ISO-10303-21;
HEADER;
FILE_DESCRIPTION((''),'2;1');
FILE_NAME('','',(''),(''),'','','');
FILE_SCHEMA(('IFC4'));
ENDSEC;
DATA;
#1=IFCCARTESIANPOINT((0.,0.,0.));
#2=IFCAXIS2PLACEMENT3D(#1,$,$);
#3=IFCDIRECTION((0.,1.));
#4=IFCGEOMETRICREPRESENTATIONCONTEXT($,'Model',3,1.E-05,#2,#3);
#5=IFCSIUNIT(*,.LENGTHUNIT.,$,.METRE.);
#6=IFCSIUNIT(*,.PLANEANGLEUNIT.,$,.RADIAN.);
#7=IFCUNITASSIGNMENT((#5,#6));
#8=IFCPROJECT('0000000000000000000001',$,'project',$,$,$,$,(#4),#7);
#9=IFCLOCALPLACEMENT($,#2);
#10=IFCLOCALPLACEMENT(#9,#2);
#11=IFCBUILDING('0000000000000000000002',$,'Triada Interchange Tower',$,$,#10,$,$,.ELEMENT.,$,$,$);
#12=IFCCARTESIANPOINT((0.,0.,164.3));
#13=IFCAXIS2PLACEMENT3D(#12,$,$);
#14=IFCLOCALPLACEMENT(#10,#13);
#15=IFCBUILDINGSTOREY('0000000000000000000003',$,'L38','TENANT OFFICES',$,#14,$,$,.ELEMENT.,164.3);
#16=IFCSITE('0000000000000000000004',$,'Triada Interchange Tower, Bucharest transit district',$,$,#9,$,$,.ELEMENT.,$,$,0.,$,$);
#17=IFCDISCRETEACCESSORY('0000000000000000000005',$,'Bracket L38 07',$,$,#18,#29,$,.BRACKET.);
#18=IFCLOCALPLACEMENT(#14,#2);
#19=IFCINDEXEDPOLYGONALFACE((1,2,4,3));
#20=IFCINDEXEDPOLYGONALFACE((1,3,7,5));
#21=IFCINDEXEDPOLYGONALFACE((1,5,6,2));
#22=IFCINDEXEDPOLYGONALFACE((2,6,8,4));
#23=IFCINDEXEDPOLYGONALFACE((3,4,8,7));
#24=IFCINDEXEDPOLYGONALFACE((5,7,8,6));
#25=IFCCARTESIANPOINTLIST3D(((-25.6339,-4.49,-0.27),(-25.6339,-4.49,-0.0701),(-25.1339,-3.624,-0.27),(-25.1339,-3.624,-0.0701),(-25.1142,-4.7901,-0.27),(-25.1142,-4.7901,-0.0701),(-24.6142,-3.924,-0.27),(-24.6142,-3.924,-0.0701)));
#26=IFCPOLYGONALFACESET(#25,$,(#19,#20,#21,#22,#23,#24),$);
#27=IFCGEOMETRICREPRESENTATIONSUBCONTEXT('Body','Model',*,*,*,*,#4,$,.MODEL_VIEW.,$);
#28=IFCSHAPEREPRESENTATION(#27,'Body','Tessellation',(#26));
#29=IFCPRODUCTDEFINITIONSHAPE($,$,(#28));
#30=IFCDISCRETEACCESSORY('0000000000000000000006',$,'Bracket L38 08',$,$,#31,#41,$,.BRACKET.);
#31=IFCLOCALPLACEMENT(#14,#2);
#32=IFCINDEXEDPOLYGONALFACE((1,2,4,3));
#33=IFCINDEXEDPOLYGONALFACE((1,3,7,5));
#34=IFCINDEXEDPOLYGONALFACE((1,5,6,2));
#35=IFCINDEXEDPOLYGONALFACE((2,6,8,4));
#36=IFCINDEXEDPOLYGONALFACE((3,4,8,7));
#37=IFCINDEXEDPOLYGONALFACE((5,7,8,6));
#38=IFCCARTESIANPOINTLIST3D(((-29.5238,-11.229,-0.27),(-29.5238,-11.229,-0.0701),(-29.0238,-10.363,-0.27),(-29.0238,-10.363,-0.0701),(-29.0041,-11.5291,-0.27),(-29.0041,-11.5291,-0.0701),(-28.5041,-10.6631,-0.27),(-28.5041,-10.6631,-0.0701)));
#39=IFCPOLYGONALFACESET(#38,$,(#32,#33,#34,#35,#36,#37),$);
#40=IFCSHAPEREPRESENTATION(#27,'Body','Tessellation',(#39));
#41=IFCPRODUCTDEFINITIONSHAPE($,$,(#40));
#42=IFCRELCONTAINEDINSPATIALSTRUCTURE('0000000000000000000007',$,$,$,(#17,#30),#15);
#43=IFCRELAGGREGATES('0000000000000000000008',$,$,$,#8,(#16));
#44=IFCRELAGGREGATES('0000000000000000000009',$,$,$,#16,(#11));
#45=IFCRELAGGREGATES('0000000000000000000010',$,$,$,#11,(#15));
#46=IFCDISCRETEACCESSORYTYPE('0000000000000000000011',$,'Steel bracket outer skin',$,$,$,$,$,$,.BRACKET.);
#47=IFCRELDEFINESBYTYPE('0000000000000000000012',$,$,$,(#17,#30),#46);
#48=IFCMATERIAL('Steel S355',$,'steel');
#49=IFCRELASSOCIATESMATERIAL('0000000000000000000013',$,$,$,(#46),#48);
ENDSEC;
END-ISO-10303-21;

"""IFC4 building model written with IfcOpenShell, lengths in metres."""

from ifc_helpers import new_model, si_unit, direction, frame, origin, origin_2d, place, context, subcontext, project, spatial, rectangle, extrude, material, type_object, element, save


model = new_model("IFC4")

# Units and contexts
model_context = context("Model", 3, precision=1e-05, world=origin(), true_north=direction((0.0, 1.0)))
body_context = subcontext(model_context, "Body", "Model", "MODEL_VIEW")
ifc_project = project(units=[si_unit("LENGTHUNIT", "METRE"), si_unit("PLANEANGLEUNIT", "RADIAN")], contexts=[model_context])

# Site, building, storey
site_placement = place(None, origin())
site = spatial("IfcSite", under=ifc_project, at=site_placement, Name="Triada Interchange Tower, Bucharest transit district", CompositionType="ELEMENT", RefElevation=0.0)
building_placement = place(site_placement, origin())
building = spatial("IfcBuilding", under=site, at=building_placement, Name="Triada Interchange Tower", CompositionType="ELEMENT")
storey_placement = place(building_placement, frame((0.0, 0.0, 164.3)))
storey = spatial("IfcBuildingStorey", under=building, at=storey_placement, Name="L38", Description="TENANT OFFICES", CompositionType="ELEMENT", Elevation=164.3)

# Discrete accessories
ifc_material_1 = material(Name="Steel S355", Category="steel")
discrete_accessory_type = type_object("IfcDiscreteAccessoryType", Name="Steel bracket outer skin", PredefinedType="BRACKET", material=ifc_material_1)
for number, where, z_axis, x_axis, name in (
    (1, (-25.124, -4.207, -0.27), (0.0, 0.0, 1.0), (-0.866023, 0.500005, 0.0), "Bracket L38 07"),
    (2, (-29.0139, -10.946, -0.27), (0.0, 0.0, 1.0), (-0.866023, 0.500005, 0.0), "Bracket L38 08"),
):
    element("IfcDiscreteAccessory", number, at=place(storey_placement, frame(where, z_axis=z_axis, x_axis=x_axis)), inside=storey, type_object=discrete_accessory_type, Name=name, PredefinedType="BRACKET", context=body_context, shape_type="SweptSolid", body=[
        extrude(rectangle(XDim=0.6001, YDim=1.0, at=origin_2d()), origin(), (0.0, 0.0, 1.0), 0.2),
    ])

save(model, "model.ifc")
